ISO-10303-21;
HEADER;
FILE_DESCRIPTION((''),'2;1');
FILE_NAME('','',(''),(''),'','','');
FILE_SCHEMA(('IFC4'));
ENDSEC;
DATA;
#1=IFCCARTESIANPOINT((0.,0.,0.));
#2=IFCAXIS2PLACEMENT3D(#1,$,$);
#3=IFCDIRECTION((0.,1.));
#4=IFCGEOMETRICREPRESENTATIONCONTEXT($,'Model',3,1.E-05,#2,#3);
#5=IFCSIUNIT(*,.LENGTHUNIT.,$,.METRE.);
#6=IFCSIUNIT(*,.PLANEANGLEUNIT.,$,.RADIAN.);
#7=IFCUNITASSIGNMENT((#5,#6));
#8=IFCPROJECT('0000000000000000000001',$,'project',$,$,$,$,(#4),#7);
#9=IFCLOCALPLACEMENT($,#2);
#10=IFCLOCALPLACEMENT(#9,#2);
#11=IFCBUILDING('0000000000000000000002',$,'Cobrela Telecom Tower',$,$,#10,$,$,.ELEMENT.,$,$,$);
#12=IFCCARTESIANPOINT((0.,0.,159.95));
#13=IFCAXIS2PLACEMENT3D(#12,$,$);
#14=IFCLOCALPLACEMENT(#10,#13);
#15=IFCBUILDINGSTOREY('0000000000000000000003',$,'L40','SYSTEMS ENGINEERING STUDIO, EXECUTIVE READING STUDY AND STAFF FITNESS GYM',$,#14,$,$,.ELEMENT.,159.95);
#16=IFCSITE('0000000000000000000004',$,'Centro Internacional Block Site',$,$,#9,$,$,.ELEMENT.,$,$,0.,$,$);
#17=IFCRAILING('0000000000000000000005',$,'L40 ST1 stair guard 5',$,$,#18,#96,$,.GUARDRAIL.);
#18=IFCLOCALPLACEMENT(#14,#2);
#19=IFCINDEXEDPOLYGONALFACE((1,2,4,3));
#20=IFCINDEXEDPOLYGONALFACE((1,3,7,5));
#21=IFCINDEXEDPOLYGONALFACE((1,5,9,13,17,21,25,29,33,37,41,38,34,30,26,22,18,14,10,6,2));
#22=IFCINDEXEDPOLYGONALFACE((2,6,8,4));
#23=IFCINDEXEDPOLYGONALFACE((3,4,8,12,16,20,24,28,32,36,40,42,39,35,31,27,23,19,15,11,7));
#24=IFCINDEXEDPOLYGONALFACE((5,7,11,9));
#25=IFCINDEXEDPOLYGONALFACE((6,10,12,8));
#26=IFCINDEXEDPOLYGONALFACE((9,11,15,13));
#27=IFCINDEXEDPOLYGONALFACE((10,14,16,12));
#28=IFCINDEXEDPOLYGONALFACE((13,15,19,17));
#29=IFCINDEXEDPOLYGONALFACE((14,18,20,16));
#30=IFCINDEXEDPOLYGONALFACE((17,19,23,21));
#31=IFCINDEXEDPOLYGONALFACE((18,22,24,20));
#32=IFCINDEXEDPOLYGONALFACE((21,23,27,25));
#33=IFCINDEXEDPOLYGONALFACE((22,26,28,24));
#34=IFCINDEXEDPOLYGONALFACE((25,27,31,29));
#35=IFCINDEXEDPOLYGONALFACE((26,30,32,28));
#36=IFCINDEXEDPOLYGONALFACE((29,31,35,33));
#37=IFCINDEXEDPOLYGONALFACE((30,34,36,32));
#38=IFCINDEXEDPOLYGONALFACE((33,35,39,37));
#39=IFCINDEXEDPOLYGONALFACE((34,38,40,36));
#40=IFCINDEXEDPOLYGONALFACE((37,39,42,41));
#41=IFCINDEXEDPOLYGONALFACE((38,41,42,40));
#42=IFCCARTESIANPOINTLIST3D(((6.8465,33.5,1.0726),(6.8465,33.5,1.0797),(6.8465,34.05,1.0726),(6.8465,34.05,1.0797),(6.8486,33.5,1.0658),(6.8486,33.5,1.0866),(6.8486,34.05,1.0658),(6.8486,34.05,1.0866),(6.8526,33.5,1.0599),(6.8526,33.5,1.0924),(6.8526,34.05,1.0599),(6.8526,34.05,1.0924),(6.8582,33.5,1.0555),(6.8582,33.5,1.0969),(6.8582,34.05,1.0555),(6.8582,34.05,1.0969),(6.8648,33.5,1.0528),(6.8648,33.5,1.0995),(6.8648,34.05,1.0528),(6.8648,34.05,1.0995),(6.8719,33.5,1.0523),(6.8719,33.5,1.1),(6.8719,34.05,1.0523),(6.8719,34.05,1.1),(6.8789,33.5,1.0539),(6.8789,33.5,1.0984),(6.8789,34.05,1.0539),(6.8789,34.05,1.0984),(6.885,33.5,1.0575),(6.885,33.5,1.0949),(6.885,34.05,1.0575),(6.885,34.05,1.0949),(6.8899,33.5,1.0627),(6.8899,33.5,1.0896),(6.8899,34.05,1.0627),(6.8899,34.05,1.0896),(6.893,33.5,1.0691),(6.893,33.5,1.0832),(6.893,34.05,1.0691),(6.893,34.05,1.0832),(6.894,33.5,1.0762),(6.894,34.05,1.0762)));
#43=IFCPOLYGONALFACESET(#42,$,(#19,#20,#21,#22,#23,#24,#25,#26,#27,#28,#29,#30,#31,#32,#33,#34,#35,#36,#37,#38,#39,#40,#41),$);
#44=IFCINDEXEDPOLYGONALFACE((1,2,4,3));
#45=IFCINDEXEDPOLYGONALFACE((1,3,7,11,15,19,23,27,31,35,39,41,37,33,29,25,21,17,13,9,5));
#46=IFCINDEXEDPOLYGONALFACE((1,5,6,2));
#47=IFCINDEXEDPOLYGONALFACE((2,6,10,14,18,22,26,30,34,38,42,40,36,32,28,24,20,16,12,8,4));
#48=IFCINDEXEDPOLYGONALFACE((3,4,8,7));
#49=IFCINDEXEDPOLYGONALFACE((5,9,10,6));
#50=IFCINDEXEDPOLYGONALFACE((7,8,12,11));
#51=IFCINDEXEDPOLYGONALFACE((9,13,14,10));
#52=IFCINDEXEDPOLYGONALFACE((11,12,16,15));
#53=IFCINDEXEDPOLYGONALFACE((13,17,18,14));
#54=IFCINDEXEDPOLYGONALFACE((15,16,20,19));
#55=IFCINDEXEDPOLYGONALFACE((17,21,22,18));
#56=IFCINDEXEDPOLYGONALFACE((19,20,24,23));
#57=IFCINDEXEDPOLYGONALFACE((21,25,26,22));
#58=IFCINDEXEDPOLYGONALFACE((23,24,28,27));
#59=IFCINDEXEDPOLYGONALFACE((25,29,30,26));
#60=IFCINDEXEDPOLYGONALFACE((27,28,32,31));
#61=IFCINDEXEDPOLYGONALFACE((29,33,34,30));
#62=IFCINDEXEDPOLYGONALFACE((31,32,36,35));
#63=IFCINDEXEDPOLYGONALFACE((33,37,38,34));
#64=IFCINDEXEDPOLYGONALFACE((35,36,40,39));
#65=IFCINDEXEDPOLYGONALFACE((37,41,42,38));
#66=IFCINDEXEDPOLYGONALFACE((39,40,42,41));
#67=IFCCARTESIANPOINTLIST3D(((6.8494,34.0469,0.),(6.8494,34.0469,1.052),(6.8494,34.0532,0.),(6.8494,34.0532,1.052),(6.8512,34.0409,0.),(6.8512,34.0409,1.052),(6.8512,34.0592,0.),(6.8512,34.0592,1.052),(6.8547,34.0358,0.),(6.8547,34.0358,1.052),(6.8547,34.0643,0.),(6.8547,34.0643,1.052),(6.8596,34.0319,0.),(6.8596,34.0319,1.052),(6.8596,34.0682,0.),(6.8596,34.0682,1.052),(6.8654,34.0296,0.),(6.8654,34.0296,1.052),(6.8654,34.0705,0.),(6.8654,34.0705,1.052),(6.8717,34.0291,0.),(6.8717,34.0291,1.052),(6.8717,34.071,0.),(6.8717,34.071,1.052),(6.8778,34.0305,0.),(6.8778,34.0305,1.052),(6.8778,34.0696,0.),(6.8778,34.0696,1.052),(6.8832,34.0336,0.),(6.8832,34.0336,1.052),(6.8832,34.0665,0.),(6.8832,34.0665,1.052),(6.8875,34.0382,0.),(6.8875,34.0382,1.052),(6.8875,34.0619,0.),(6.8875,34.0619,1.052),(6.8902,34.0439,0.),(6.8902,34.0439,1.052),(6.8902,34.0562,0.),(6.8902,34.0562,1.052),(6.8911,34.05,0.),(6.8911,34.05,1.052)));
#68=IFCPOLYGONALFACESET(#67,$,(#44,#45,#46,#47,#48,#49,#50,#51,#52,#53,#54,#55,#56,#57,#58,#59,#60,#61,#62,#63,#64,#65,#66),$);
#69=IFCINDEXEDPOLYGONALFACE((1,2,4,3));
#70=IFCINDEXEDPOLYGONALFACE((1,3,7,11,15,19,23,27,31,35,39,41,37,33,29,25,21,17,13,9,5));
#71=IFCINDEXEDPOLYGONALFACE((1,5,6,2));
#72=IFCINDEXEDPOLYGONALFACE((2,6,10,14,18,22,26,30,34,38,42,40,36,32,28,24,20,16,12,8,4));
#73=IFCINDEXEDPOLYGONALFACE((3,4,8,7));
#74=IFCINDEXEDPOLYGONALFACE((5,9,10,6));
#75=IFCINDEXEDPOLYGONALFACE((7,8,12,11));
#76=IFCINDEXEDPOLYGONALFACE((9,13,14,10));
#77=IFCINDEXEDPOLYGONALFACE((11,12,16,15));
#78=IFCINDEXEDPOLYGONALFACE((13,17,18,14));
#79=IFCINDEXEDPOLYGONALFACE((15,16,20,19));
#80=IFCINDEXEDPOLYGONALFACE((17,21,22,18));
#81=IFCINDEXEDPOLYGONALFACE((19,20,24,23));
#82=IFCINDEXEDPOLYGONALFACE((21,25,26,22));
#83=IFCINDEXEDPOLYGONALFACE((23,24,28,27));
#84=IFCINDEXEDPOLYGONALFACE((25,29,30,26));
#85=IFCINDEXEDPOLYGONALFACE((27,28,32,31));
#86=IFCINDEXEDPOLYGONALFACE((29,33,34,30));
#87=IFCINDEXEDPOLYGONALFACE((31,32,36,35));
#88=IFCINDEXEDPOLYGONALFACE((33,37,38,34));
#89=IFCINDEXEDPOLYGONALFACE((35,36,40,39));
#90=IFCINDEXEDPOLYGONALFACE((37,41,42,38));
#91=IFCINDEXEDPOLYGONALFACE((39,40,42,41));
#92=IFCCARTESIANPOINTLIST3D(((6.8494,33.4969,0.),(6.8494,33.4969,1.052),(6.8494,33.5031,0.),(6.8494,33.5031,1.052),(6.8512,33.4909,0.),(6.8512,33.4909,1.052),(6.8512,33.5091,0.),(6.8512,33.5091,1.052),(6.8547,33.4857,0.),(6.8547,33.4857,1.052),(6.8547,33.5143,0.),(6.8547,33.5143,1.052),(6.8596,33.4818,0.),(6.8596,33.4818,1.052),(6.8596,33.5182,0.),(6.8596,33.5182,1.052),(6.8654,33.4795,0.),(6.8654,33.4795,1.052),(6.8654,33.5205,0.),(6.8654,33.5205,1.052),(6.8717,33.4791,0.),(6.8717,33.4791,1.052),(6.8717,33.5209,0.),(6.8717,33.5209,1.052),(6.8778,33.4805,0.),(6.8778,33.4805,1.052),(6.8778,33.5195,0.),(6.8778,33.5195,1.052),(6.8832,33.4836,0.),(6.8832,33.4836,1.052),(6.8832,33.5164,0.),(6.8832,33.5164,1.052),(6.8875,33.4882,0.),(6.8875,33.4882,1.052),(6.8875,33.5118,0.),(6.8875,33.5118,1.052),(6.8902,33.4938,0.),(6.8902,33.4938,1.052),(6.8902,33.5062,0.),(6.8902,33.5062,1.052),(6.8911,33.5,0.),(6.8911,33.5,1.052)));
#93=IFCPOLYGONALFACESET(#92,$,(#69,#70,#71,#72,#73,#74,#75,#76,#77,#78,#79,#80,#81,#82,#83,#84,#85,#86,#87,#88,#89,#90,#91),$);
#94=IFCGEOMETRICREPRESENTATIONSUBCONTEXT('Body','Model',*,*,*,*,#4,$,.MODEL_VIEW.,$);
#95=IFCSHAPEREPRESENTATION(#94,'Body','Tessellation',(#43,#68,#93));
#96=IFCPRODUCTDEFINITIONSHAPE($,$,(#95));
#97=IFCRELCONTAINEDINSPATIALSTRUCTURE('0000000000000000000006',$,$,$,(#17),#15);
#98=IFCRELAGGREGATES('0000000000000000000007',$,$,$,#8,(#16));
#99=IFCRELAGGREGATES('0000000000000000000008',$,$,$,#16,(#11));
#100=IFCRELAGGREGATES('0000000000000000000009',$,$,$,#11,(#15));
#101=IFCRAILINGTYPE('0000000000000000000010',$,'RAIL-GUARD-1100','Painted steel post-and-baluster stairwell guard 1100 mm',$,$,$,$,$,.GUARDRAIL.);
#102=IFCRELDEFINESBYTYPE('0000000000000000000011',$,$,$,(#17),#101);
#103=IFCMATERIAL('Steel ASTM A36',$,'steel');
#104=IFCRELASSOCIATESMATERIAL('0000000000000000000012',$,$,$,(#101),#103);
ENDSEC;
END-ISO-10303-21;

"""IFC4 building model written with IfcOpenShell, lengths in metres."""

from ifc_helpers import new_model, si_unit, direction, frame, origin, origin_2d, place, context, subcontext, project, spatial, circle, extrude, material, type_object, element, save


model = new_model("IFC4")

# Units and contexts
model_context = context("Model", 3, precision=1e-05, world=origin(), true_north=direction((0.0, 1.0)))
body_context = subcontext(model_context, "Body", "Model", "MODEL_VIEW")
ifc_project = project(units=[si_unit("LENGTHUNIT", "METRE"), si_unit("PLANEANGLEUNIT", "RADIAN")], contexts=[model_context])

# Site, building, storey
site_placement = place(None, origin())
site = spatial("IfcSite", under=ifc_project, at=site_placement, Name="Centro Internacional Block Site", CompositionType="ELEMENT", RefElevation=0.0)
building_placement = place(site_placement, origin())
building = spatial("IfcBuilding", under=site, at=building_placement, Name="Cobrela Telecom Tower", CompositionType="ELEMENT")
storey_placement = place(building_placement, frame((0.0, 0.0, 159.95)))
storey = spatial("IfcBuildingStorey", under=building, at=storey_placement, Name="L40", Description="SYSTEMS ENGINEERING STUDIO, EXECUTIVE READING STUDY AND STAFF FITNESS GYM", CompositionType="ELEMENT", Elevation=159.95)

# Shared definitions
ifc_material_1 = material(Name="Steel ASTM A36", Category="steel")

# Railing
railing_type_1 = type_object("IfcRailingType", Name="RAIL-GUARD-1100", Description="Painted steel post-and-baluster stairwell guard 1100 mm", PredefinedType="GUARDRAIL", material=ifc_material_1)
railing_1_placement = place(storey_placement, frame((6.8701, 34.05, 0.0)))
element("IfcRailing", 1, at=railing_1_placement, inside=storey, type_object=railing_type_1, Name="L40 ST1 stair guard 5", PredefinedType="GUARDRAIL", context=body_context, shape_type="SweptSolid", body=[
    extrude(circle(Radius=0.0239, at=origin_2d()), frame((0.0, 0.0, 1.0762), z_axis=(0.0, -1.0, 0.0), x_axis=(1.0, 0.0, 0.0)), (0.0, 0.0, 1.0), 0.55),
    extrude(circle(Radius=0.021, at=origin_2d()), origin(), (0.0, 0.0, 1.0), 1.052),
    extrude(circle(Radius=0.021, at=origin_2d()), frame((0.0, -0.55, 0.0)), (0.0, 0.0, 1.0), 1.052),
])

save(model, "model.ifc")
